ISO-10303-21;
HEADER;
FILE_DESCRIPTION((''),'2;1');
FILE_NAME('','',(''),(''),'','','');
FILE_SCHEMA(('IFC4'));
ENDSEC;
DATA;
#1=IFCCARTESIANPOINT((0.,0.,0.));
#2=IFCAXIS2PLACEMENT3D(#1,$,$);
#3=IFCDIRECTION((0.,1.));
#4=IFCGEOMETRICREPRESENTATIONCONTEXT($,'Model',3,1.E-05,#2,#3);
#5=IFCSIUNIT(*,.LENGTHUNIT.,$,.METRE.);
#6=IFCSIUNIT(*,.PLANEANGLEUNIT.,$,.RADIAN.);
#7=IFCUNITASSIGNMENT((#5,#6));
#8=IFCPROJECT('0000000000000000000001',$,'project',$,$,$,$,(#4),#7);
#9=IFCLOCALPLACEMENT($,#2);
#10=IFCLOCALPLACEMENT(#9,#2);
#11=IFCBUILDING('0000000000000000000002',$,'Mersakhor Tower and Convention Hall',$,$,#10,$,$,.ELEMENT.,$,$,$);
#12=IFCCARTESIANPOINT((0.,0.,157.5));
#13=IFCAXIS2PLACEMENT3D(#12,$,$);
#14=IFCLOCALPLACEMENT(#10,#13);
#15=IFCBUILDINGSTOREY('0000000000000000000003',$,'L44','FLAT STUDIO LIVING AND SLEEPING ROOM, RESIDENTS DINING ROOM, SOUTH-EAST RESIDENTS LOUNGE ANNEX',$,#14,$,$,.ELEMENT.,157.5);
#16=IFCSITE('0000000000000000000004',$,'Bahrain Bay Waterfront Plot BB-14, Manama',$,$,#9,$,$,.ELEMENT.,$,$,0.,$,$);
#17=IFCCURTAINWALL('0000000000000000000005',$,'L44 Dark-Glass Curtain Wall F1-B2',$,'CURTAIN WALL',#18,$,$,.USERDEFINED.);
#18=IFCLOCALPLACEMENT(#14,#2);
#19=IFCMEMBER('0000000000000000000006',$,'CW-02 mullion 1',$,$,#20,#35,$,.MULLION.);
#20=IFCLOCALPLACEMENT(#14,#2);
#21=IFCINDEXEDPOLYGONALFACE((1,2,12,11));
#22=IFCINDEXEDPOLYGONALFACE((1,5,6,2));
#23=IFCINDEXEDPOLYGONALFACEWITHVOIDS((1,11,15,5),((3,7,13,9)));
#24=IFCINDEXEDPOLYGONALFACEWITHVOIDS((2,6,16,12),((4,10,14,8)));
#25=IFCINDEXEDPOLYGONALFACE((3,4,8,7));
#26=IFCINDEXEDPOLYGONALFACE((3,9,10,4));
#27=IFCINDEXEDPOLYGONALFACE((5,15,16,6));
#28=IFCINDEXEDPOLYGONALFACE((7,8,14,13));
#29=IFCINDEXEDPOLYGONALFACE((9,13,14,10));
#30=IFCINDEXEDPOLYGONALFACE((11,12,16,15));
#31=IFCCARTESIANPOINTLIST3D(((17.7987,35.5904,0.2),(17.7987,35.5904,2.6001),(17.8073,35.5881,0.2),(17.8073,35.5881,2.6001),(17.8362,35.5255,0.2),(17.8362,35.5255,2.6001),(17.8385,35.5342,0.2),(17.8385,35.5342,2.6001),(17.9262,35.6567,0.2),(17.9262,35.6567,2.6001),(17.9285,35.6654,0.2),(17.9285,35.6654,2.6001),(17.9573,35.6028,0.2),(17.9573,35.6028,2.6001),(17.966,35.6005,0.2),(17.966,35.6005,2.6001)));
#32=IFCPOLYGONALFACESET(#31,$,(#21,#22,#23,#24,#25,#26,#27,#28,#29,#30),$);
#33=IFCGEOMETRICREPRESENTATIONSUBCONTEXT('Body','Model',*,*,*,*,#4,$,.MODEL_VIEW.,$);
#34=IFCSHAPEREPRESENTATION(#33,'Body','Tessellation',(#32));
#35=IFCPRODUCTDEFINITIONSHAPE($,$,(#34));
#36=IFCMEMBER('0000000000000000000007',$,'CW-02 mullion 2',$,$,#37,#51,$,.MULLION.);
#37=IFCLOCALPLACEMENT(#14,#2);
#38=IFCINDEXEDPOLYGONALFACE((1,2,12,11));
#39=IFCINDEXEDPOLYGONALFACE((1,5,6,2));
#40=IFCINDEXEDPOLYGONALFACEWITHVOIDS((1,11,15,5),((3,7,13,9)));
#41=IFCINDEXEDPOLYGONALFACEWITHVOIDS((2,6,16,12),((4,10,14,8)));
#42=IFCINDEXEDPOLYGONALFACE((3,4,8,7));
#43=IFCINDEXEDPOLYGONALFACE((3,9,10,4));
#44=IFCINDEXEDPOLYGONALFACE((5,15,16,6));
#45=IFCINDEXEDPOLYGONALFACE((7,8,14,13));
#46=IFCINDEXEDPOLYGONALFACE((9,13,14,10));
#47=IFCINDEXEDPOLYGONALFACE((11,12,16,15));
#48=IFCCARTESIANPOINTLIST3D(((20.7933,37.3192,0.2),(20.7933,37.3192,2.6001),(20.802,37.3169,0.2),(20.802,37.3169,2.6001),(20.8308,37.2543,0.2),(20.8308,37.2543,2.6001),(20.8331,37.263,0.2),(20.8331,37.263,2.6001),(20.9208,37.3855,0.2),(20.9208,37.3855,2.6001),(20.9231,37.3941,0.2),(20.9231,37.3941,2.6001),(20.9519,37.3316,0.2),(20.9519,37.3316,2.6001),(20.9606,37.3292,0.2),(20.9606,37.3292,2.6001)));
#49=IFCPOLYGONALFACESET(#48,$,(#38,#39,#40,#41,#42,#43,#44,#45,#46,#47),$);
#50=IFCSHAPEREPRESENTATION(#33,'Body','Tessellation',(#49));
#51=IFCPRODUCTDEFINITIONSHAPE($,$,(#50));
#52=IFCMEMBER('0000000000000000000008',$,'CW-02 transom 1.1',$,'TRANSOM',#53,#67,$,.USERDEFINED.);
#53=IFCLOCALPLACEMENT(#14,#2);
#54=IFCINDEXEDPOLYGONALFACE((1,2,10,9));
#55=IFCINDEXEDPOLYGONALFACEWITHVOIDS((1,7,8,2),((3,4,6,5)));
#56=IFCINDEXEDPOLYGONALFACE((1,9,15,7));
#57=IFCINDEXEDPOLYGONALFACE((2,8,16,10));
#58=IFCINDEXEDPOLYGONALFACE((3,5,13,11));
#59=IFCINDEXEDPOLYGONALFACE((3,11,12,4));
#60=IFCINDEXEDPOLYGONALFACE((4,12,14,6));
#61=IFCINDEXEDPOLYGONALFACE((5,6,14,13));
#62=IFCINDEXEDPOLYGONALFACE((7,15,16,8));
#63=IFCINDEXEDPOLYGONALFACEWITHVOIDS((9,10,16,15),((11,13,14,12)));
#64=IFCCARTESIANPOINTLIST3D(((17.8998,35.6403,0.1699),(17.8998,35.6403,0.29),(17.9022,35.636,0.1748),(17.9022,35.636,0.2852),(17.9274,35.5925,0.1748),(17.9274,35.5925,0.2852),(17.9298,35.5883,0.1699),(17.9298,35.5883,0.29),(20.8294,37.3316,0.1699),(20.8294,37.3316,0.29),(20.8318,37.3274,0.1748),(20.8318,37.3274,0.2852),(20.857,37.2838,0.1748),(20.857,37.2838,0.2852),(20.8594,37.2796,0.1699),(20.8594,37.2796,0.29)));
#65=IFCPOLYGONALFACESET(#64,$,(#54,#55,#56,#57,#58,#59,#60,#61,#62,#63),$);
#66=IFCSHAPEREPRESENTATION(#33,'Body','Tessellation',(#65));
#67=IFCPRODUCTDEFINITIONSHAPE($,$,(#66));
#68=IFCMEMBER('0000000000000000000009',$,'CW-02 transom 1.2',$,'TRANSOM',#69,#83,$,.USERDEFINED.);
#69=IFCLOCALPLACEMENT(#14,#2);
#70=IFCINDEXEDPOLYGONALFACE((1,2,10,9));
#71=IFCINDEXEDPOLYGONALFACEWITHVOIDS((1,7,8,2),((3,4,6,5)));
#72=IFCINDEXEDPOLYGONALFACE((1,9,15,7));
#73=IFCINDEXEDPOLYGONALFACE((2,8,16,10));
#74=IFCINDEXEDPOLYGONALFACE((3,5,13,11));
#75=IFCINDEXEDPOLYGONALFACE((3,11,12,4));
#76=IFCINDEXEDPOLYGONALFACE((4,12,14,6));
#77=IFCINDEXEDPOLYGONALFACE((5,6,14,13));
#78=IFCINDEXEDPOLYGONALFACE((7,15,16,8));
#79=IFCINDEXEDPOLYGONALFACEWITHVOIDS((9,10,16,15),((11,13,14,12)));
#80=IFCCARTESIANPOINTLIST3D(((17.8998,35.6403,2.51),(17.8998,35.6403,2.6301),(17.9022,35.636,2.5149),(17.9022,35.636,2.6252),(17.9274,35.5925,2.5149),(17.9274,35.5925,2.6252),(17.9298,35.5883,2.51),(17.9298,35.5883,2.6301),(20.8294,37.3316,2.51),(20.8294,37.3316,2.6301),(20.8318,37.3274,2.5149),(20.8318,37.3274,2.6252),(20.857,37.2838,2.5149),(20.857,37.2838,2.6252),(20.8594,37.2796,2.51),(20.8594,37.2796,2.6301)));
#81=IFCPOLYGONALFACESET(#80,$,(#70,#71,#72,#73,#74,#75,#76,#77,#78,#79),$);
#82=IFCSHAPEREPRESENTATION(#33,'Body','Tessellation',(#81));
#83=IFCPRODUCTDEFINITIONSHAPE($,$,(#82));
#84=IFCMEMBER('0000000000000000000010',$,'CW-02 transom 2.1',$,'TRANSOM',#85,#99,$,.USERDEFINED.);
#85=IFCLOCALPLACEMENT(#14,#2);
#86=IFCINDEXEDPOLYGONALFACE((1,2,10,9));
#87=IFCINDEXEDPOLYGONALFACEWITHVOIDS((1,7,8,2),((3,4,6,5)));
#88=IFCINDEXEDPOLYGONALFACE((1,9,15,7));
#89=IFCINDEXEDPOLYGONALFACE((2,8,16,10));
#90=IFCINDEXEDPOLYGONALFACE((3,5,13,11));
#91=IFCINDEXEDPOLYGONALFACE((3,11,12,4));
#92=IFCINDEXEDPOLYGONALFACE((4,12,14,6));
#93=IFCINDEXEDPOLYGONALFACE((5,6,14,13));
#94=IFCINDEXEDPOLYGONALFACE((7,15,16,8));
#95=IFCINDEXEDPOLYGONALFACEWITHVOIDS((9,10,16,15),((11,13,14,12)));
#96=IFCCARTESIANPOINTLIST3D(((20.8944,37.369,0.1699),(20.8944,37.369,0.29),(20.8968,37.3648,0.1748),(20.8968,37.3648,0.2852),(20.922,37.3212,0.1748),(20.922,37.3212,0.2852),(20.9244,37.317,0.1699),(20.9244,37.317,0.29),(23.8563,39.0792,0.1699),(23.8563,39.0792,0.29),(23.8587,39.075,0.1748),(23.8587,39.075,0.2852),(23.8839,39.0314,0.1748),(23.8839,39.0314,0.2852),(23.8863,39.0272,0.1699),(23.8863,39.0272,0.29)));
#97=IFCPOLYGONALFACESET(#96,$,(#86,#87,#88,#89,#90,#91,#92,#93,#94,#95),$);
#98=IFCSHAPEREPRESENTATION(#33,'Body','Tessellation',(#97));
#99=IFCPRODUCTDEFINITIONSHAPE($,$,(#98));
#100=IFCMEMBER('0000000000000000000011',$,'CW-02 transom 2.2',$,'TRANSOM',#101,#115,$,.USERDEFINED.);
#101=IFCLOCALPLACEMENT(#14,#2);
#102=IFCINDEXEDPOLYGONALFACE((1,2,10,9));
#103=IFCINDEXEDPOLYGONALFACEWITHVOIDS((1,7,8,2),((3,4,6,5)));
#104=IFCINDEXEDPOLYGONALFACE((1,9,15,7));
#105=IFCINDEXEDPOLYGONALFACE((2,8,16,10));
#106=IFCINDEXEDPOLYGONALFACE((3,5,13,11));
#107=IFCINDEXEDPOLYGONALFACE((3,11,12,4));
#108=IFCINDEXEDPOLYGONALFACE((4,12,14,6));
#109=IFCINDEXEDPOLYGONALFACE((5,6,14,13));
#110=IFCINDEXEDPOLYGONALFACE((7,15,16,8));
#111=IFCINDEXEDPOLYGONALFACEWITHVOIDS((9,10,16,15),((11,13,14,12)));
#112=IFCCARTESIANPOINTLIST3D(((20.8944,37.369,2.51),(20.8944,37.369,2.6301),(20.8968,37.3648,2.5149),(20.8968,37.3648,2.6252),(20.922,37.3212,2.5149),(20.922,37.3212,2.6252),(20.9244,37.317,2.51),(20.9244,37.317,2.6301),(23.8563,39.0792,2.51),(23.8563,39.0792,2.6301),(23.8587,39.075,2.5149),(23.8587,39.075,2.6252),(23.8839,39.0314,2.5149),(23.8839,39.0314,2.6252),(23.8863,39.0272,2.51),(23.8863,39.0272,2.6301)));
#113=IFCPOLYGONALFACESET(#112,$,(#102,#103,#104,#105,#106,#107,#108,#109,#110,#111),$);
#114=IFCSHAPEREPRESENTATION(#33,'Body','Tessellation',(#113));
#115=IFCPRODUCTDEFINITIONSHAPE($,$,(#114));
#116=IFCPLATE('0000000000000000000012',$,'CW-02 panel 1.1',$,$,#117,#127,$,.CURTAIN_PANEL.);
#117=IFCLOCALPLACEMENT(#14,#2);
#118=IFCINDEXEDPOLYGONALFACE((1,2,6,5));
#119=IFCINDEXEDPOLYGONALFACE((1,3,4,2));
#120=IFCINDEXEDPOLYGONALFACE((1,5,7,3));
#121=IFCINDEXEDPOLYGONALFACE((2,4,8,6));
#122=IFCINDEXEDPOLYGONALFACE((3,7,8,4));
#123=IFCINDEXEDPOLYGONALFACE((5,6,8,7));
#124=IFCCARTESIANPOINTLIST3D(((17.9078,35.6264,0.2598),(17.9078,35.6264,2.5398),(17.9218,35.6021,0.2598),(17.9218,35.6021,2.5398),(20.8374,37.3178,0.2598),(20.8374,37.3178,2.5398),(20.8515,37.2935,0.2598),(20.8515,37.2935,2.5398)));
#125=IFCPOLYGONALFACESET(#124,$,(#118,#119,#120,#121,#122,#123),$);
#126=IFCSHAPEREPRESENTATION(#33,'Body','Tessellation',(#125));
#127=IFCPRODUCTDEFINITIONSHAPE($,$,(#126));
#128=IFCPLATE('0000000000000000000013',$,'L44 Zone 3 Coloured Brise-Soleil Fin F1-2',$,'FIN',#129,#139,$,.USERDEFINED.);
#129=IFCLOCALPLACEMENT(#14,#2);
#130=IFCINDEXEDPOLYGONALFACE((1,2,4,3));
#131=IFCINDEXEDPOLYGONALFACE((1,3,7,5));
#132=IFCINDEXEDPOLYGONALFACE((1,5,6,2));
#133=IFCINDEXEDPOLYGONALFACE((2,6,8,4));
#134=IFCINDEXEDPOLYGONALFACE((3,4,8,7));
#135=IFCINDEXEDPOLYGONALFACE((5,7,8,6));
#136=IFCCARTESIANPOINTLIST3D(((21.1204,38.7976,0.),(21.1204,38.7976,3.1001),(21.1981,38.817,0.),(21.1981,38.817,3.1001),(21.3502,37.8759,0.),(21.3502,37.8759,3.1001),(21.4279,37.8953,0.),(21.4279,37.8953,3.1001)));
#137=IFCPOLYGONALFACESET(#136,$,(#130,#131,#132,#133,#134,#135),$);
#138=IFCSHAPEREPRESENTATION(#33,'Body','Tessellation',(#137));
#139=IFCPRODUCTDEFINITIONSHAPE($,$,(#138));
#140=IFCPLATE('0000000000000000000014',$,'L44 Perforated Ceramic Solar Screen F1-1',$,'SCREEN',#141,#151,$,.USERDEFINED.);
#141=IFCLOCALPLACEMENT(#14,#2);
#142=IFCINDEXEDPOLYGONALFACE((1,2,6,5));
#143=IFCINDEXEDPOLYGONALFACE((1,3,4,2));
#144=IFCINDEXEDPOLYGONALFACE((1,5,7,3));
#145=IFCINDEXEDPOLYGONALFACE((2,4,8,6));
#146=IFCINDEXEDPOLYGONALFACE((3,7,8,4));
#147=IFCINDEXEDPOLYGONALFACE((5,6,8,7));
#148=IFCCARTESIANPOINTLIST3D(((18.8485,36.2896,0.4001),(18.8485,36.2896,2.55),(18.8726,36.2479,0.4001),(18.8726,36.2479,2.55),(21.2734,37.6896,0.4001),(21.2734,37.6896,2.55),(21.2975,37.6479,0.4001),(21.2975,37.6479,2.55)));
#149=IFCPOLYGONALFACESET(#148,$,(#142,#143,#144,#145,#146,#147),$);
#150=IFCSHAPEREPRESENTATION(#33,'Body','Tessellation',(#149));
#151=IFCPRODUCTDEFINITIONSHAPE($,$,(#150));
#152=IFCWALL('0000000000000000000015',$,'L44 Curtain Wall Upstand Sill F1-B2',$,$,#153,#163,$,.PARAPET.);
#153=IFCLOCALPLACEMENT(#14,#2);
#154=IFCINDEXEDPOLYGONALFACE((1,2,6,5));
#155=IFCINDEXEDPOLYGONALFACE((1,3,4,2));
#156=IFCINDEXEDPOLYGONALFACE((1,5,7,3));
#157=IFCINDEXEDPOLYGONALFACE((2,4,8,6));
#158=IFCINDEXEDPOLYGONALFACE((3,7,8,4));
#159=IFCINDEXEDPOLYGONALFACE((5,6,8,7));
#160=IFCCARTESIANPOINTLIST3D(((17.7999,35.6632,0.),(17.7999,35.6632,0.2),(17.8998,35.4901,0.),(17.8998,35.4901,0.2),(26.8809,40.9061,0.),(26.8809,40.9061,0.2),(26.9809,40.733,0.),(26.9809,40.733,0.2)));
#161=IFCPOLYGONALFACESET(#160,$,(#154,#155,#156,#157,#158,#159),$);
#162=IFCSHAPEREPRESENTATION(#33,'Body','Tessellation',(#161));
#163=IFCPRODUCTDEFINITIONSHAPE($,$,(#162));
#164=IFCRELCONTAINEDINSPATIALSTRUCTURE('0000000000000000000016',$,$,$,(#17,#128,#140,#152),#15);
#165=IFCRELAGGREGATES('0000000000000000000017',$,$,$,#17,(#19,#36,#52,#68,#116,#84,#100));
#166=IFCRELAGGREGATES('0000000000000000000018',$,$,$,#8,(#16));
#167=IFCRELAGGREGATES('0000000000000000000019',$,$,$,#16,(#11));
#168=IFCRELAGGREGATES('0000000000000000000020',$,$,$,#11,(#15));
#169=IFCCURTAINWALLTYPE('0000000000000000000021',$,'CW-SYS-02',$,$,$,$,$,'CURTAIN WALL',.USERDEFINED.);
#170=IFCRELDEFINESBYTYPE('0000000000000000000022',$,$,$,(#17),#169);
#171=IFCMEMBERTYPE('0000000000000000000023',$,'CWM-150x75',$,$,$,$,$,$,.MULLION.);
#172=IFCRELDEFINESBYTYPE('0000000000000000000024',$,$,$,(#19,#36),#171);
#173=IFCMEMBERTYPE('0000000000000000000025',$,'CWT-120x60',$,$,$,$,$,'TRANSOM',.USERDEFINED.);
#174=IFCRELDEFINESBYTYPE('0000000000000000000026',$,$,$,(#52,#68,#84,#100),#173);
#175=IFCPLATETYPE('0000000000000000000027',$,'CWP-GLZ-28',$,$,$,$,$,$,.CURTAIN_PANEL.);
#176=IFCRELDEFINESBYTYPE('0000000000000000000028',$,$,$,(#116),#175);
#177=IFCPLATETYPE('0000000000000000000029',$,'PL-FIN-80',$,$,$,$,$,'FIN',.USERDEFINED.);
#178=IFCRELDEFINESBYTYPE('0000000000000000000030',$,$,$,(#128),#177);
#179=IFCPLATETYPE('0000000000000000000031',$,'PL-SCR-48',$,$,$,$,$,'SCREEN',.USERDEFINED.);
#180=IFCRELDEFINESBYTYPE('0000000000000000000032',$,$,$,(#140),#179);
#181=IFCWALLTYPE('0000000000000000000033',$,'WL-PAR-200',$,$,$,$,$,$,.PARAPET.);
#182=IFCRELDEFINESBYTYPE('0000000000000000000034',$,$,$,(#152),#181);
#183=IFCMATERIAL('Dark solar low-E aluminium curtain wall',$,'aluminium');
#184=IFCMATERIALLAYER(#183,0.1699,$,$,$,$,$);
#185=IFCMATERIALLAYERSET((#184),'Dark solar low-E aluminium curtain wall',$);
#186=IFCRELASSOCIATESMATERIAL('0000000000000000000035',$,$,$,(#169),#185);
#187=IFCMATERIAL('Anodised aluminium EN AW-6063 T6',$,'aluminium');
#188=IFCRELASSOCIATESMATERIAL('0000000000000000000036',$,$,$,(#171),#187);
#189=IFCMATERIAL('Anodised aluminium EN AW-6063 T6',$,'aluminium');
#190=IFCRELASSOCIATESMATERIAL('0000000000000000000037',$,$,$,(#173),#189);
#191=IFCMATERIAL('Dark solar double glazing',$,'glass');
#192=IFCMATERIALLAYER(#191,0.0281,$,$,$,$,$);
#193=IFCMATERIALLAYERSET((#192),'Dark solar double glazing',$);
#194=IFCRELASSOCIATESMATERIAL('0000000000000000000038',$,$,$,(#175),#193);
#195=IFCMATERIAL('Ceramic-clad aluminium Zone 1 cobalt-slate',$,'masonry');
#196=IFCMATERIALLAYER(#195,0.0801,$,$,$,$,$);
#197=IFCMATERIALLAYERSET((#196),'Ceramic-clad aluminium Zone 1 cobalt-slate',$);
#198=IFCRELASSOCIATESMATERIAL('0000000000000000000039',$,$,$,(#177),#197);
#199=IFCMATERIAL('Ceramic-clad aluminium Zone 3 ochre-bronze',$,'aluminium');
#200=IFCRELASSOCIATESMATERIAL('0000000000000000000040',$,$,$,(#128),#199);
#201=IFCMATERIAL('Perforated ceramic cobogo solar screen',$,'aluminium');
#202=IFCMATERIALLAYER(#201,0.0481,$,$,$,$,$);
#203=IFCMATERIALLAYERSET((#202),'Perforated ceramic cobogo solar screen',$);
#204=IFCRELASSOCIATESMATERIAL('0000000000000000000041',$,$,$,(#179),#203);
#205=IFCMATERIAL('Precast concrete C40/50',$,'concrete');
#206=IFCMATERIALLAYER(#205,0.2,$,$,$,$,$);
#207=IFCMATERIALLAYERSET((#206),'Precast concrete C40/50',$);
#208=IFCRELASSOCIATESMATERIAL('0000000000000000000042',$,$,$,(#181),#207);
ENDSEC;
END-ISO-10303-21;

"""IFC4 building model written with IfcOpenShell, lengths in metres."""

from ifc_helpers import new_model, si_unit, direction, frame, frame_2d, origin, origin_2d, place, context, subcontext, project, spatial, rectangle, hollow_rectangle, extrude, material, layer, layer_set, material_profile, profile_set, type_object, element, aggregate, save


model = new_model("IFC4")

# Units and contexts
model_context = context("Model", 3, precision=1e-05, world=origin(), true_north=direction((0.0, 1.0)))
body_context = subcontext(model_context, "Body", "Model", "MODEL_VIEW")
ifc_project = project(units=[si_unit("LENGTHUNIT", "METRE"), si_unit("PLANEANGLEUNIT", "RADIAN")], contexts=[model_context])

# Site, building, storey
site_placement = place(None, origin())
site = spatial("IfcSite", under=ifc_project, at=site_placement, Name="Bahrain Bay Waterfront Plot BB-14, Manama", CompositionType="ELEMENT", RefElevation=0.0)
building_placement = place(site_placement, origin())
building = spatial("IfcBuilding", under=site, at=building_placement, Name="Mersakhor Tower and Convention Hall", CompositionType="ELEMENT")
storey_placement = place(building_placement, frame((0.0, 0.0, 157.5)))
storey = spatial("IfcBuildingStorey", under=building, at=storey_placement, Name="L44", Description="FLAT STUDIO LIVING AND SLEEPING ROOM, RESIDENTS DINING ROOM, SOUTH-EAST RESIDENTS LOUNGE ANNEX", CompositionType="ELEMENT", Elevation=157.5)

# Curtain wall, members, plate
ifc_material_1 = material(Name="Dark solar low-E aluminium curtain wall", Category="aluminium")
ifc_layer_1 = layer(ifc_material_1, 0.1699)
ifc_layer_set_1 = layer_set([ifc_layer_1], Name="Dark solar low-E aluminium curtain wall")
curtain_wall_type = type_object("IfcCurtainWallType", Name="CW-SYS-02", ElementType="CURTAIN WALL", PredefinedType="USERDEFINED", material=ifc_layer_set_1)
curtain_wall_placement = place(storey_placement, origin())
curtain_wall = element("IfcCurtainWall", 1, at=curtain_wall_placement, inside=storey, type_object=curtain_wall_type, Name="L44 Dark-Glass Curtain Wall F1-B2", ObjectType="CURTAIN WALL", PredefinedType="USERDEFINED")
ifc_material_2 = material(Name="Anodised aluminium EN AW-6063 T6", Category="aluminium")
ifc_material_profile_1 = material_profile(ifc_material_2, hollow_rectangle(XDim=0.075, YDim=0.1499, WallThickness=0.0063, at=origin_2d()), Name="RHS 150x75x6.3")
ifc_profile_set_1 = profile_set([ifc_material_profile_1], Name="Anodised aluminium EN AW-6063 T6")
member_type_1 = type_object("IfcMemberType", Name="CWM-150x75", PredefinedType="MULLION", material=ifc_profile_set_1)
member_1_placement = place(storey_placement, frame((17.8823, 35.5955, 0.2), z_axis=(0.0, 0.0, 1.0), x_axis=(-0.49999, 0.866031, 0.0)))
member_1 = element("IfcMember", 2, at=member_1_placement, type_object=member_type_1, Name="CW-02 mullion 1", PredefinedType="MULLION", context=body_context, shape_type="SweptSolid", body=[
    extrude(hollow_rectangle(XDim=0.075, YDim=0.1499, WallThickness=0.0063, at=origin_2d()), origin(), (0.0, 0.0, 1.0), 2.4001),
])
member_2_placement = place(storey_placement, frame((20.877, 37.3242, 0.2), z_axis=(0.0, 0.0, 1.0), x_axis=(-0.49999, 0.866031, 0.0)))
member_2 = element("IfcMember", 3, at=member_2_placement, type_object=member_type_1, Name="CW-02 mullion 2", PredefinedType="MULLION", context=body_context, shape_type="SweptSolid", body=[
    extrude(hollow_rectangle(XDim=0.075, YDim=0.1499, WallThickness=0.0063, at=origin_2d()), origin(), (0.0, 0.0, 1.0), 2.4001),
])
ifc_material_3 = material(Name="Anodised aluminium EN AW-6063 T6", Category="aluminium")
ifc_material_profile_2 = material_profile(ifc_material_3, hollow_rectangle(XDim=0.0601, YDim=0.1201, WallThickness=0.0049, at=origin_2d()), Name="RHS 120x60x5")
ifc_profile_set_2 = profile_set([ifc_material_profile_2], Name="Anodised aluminium EN AW-6063 T6")
member_type_2 = type_object("IfcMemberType", Name="CWT-120x60", ElementType="TRANSOM", PredefinedType="USERDEFINED", material=ifc_profile_set_2)
member_3_placement = place(storey_placement, frame((17.9148, 35.6143, 0.23), z_axis=(0.866032, 0.499989, 0.0), x_axis=(-0.499989, 0.866032, 0.0)))
member_3 = element("IfcMember", 4, at=member_3_placement, type_object=member_type_2, Name="CW-02 transom 1.1", ObjectType="TRANSOM", PredefinedType="USERDEFINED", context=body_context, shape_type="SweptSolid", body=[
    extrude(hollow_rectangle(XDim=0.0601, YDim=0.1201, WallThickness=0.0049, at=origin_2d()), origin(), (0.0, 0.0, 1.0), 3.3828),
])
member_4_placement = place(storey_placement, frame((17.9148, 35.6143, 2.5701), z_axis=(0.866032, 0.499989, 0.0), x_axis=(-0.499989, 0.866032, 0.0)))
member_4 = element("IfcMember", 5, at=member_4_placement, type_object=member_type_2, Name="CW-02 transom 1.2", ObjectType="TRANSOM", PredefinedType="USERDEFINED", context=body_context, shape_type="SweptSolid", body=[
    extrude(hollow_rectangle(XDim=0.0601, YDim=0.1201, WallThickness=0.0049, at=origin_2d()), origin(), (0.0, 0.0, 1.0), 3.3828),
])
member_5_placement = place(storey_placement, frame((20.9094, 37.343, 0.23), z_axis=(0.866007, 0.500031, 0.0), x_axis=(-0.500031, 0.866007, 0.0)))
member_5 = element("IfcMember", 6, at=member_5_placement, type_object=member_type_2, Name="CW-02 transom 2.1", ObjectType="TRANSOM", PredefinedType="USERDEFINED", context=body_context, shape_type="SweptSolid", body=[
    extrude(hollow_rectangle(XDim=0.0601, YDim=0.1201, WallThickness=0.0049, at=origin_2d()), origin(), (0.0, 0.0, 1.0), 3.4202),
])
member_6_placement = place(storey_placement, frame((20.9094, 37.343, 2.5701), z_axis=(0.866007, 0.500031, 0.0), x_axis=(-0.500031, 0.866007, 0.0)))
member_6 = element("IfcMember", 7, at=member_6_placement, type_object=member_type_2, Name="CW-02 transom 2.2", ObjectType="TRANSOM", PredefinedType="USERDEFINED", context=body_context, shape_type="SweptSolid", body=[
    extrude(hollow_rectangle(XDim=0.0601, YDim=0.1201, WallThickness=0.0049, at=origin_2d()), origin(), (0.0, 0.0, 1.0), 3.4202),
])
ifc_material_4 = material(Name="Dark solar double glazing", Category="glass")
ifc_layer_2 = layer(ifc_material_4, 0.0281)
ifc_layer_set_2 = layer_set([ifc_layer_2], Name="Dark solar double glazing")
plate_type_1 = type_object("IfcPlateType", Name="CWP-GLZ-28", PredefinedType="CURTAIN_PANEL", material=ifc_layer_set_2)
plate_1_placement = place(storey_placement, frame((19.3796, 36.46, 0.2598), z_axis=(0.0, 0.0, 1.0), x_axis=(0.866031, 0.49999, 0.0)))
plate_1 = element("IfcPlate", 8, at=plate_1_placement, type_object=plate_type_1, Name="CW-02 panel 1.1", PredefinedType="CURTAIN_PANEL", context=body_context, shape_type="SweptSolid", body=[
    extrude(rectangle(XDim=3.3828, YDim=0.0281, at=origin_2d()), origin(), (0.0, 0.0, 1.0), 2.28),
])
aggregate(curtain_wall, [member_1, member_2, member_3, member_4, plate_1, member_5, member_6])

# Plates
ifc_material_5 = material(Name="Ceramic-clad aluminium Zone 3 ochre-bronze", Category="aluminium")
ifc_material_6 = material(Name="Ceramic-clad aluminium Zone 1 cobalt-slate", Category="masonry")
ifc_layer_3 = layer(ifc_material_6, 0.0801)
ifc_layer_set_3 = layer_set([ifc_layer_3], Name="Ceramic-clad aluminium Zone 1 cobalt-slate")
plate_type_2 = type_object("IfcPlateType", Name="PL-FIN-80", ElementType="FIN", PredefinedType="USERDEFINED", material=ifc_layer_set_3)
plate_2_placement = place(storey_placement, frame((21.2742, 38.3464, 0.0), z_axis=(0.0, 0.0, 1.0), x_axis=(-0.241922, 0.970296, 0.0)))
element("IfcPlate", 9, at=plate_2_placement, inside=storey, type_object=plate_type_2, material=ifc_material_5, Name="L44 Zone 3 Coloured Brise-Soleil Fin F1-2", ObjectType="FIN", PredefinedType="USERDEFINED", context=body_context, shape_type="SweptSolid", body=[
    extrude(rectangle(XDim=0.95, YDim=0.0801, at=origin_2d()), origin(), (0.0, 0.0, 1.0), 3.1001),
])
ifc_material_7 = material(Name="Perforated ceramic cobogo solar screen", Category="aluminium")
ifc_layer_4 = layer(ifc_material_7, 0.0481)
ifc_layer_set_4 = layer_set([ifc_layer_4], Name="Perforated ceramic cobogo solar screen")
plate_type_3 = type_object("IfcPlateType", Name="PL-SCR-48", ElementType="SCREEN", PredefinedType="USERDEFINED", material=ifc_layer_set_4)
plate_3_placement = place(storey_placement, frame((20.073, 36.9688, 0.4001), z_axis=(0.0, 0.0, 1.0), x_axis=(0.866025, 0.5, 0.0)))
element("IfcPlate", 10, at=plate_3_placement, inside=storey, type_object=plate_type_3, Name="L44 Perforated Ceramic Solar Screen F1-1", ObjectType="SCREEN", PredefinedType="USERDEFINED", context=body_context, shape_type="SweptSolid", body=[
    extrude(rectangle(XDim=2.8, YDim=0.0481, at=origin_2d()), origin(), (0.0, 0.0, 1.0), 2.1499),
])

# Wall
ifc_material_8 = material(Name="Precast concrete C40/50", Category="concrete")
ifc_layer_5 = layer(ifc_material_8, 0.2)
ifc_layer_set_5 = layer_set([ifc_layer_5], Name="Precast concrete C40/50")
wall_type_1 = type_object("IfcWallType", Name="WL-PAR-200", PredefinedType="PARAPET", material=ifc_layer_set_5)
wall_1_placement = place(storey_placement, frame((17.8499, 35.5767, 0.0), z_axis=(0.0, 0.0, 1.0), x_axis=(0.866027, 0.499998, 0.0)))
element("IfcWall", 11, at=wall_1_placement, inside=storey, type_object=wall_type_1, Name="L44 Curtain Wall Upstand Sill F1-B2", PredefinedType="PARAPET", context=body_context, shape_type="SweptSolid", body=[
    extrude(rectangle(XDim=10.4858, YDim=0.2, at=frame_2d((5.2429, 0.0))), origin(), (0.0, 0.0, 1.0), 0.2),
])

save(model, "model.ifc")
